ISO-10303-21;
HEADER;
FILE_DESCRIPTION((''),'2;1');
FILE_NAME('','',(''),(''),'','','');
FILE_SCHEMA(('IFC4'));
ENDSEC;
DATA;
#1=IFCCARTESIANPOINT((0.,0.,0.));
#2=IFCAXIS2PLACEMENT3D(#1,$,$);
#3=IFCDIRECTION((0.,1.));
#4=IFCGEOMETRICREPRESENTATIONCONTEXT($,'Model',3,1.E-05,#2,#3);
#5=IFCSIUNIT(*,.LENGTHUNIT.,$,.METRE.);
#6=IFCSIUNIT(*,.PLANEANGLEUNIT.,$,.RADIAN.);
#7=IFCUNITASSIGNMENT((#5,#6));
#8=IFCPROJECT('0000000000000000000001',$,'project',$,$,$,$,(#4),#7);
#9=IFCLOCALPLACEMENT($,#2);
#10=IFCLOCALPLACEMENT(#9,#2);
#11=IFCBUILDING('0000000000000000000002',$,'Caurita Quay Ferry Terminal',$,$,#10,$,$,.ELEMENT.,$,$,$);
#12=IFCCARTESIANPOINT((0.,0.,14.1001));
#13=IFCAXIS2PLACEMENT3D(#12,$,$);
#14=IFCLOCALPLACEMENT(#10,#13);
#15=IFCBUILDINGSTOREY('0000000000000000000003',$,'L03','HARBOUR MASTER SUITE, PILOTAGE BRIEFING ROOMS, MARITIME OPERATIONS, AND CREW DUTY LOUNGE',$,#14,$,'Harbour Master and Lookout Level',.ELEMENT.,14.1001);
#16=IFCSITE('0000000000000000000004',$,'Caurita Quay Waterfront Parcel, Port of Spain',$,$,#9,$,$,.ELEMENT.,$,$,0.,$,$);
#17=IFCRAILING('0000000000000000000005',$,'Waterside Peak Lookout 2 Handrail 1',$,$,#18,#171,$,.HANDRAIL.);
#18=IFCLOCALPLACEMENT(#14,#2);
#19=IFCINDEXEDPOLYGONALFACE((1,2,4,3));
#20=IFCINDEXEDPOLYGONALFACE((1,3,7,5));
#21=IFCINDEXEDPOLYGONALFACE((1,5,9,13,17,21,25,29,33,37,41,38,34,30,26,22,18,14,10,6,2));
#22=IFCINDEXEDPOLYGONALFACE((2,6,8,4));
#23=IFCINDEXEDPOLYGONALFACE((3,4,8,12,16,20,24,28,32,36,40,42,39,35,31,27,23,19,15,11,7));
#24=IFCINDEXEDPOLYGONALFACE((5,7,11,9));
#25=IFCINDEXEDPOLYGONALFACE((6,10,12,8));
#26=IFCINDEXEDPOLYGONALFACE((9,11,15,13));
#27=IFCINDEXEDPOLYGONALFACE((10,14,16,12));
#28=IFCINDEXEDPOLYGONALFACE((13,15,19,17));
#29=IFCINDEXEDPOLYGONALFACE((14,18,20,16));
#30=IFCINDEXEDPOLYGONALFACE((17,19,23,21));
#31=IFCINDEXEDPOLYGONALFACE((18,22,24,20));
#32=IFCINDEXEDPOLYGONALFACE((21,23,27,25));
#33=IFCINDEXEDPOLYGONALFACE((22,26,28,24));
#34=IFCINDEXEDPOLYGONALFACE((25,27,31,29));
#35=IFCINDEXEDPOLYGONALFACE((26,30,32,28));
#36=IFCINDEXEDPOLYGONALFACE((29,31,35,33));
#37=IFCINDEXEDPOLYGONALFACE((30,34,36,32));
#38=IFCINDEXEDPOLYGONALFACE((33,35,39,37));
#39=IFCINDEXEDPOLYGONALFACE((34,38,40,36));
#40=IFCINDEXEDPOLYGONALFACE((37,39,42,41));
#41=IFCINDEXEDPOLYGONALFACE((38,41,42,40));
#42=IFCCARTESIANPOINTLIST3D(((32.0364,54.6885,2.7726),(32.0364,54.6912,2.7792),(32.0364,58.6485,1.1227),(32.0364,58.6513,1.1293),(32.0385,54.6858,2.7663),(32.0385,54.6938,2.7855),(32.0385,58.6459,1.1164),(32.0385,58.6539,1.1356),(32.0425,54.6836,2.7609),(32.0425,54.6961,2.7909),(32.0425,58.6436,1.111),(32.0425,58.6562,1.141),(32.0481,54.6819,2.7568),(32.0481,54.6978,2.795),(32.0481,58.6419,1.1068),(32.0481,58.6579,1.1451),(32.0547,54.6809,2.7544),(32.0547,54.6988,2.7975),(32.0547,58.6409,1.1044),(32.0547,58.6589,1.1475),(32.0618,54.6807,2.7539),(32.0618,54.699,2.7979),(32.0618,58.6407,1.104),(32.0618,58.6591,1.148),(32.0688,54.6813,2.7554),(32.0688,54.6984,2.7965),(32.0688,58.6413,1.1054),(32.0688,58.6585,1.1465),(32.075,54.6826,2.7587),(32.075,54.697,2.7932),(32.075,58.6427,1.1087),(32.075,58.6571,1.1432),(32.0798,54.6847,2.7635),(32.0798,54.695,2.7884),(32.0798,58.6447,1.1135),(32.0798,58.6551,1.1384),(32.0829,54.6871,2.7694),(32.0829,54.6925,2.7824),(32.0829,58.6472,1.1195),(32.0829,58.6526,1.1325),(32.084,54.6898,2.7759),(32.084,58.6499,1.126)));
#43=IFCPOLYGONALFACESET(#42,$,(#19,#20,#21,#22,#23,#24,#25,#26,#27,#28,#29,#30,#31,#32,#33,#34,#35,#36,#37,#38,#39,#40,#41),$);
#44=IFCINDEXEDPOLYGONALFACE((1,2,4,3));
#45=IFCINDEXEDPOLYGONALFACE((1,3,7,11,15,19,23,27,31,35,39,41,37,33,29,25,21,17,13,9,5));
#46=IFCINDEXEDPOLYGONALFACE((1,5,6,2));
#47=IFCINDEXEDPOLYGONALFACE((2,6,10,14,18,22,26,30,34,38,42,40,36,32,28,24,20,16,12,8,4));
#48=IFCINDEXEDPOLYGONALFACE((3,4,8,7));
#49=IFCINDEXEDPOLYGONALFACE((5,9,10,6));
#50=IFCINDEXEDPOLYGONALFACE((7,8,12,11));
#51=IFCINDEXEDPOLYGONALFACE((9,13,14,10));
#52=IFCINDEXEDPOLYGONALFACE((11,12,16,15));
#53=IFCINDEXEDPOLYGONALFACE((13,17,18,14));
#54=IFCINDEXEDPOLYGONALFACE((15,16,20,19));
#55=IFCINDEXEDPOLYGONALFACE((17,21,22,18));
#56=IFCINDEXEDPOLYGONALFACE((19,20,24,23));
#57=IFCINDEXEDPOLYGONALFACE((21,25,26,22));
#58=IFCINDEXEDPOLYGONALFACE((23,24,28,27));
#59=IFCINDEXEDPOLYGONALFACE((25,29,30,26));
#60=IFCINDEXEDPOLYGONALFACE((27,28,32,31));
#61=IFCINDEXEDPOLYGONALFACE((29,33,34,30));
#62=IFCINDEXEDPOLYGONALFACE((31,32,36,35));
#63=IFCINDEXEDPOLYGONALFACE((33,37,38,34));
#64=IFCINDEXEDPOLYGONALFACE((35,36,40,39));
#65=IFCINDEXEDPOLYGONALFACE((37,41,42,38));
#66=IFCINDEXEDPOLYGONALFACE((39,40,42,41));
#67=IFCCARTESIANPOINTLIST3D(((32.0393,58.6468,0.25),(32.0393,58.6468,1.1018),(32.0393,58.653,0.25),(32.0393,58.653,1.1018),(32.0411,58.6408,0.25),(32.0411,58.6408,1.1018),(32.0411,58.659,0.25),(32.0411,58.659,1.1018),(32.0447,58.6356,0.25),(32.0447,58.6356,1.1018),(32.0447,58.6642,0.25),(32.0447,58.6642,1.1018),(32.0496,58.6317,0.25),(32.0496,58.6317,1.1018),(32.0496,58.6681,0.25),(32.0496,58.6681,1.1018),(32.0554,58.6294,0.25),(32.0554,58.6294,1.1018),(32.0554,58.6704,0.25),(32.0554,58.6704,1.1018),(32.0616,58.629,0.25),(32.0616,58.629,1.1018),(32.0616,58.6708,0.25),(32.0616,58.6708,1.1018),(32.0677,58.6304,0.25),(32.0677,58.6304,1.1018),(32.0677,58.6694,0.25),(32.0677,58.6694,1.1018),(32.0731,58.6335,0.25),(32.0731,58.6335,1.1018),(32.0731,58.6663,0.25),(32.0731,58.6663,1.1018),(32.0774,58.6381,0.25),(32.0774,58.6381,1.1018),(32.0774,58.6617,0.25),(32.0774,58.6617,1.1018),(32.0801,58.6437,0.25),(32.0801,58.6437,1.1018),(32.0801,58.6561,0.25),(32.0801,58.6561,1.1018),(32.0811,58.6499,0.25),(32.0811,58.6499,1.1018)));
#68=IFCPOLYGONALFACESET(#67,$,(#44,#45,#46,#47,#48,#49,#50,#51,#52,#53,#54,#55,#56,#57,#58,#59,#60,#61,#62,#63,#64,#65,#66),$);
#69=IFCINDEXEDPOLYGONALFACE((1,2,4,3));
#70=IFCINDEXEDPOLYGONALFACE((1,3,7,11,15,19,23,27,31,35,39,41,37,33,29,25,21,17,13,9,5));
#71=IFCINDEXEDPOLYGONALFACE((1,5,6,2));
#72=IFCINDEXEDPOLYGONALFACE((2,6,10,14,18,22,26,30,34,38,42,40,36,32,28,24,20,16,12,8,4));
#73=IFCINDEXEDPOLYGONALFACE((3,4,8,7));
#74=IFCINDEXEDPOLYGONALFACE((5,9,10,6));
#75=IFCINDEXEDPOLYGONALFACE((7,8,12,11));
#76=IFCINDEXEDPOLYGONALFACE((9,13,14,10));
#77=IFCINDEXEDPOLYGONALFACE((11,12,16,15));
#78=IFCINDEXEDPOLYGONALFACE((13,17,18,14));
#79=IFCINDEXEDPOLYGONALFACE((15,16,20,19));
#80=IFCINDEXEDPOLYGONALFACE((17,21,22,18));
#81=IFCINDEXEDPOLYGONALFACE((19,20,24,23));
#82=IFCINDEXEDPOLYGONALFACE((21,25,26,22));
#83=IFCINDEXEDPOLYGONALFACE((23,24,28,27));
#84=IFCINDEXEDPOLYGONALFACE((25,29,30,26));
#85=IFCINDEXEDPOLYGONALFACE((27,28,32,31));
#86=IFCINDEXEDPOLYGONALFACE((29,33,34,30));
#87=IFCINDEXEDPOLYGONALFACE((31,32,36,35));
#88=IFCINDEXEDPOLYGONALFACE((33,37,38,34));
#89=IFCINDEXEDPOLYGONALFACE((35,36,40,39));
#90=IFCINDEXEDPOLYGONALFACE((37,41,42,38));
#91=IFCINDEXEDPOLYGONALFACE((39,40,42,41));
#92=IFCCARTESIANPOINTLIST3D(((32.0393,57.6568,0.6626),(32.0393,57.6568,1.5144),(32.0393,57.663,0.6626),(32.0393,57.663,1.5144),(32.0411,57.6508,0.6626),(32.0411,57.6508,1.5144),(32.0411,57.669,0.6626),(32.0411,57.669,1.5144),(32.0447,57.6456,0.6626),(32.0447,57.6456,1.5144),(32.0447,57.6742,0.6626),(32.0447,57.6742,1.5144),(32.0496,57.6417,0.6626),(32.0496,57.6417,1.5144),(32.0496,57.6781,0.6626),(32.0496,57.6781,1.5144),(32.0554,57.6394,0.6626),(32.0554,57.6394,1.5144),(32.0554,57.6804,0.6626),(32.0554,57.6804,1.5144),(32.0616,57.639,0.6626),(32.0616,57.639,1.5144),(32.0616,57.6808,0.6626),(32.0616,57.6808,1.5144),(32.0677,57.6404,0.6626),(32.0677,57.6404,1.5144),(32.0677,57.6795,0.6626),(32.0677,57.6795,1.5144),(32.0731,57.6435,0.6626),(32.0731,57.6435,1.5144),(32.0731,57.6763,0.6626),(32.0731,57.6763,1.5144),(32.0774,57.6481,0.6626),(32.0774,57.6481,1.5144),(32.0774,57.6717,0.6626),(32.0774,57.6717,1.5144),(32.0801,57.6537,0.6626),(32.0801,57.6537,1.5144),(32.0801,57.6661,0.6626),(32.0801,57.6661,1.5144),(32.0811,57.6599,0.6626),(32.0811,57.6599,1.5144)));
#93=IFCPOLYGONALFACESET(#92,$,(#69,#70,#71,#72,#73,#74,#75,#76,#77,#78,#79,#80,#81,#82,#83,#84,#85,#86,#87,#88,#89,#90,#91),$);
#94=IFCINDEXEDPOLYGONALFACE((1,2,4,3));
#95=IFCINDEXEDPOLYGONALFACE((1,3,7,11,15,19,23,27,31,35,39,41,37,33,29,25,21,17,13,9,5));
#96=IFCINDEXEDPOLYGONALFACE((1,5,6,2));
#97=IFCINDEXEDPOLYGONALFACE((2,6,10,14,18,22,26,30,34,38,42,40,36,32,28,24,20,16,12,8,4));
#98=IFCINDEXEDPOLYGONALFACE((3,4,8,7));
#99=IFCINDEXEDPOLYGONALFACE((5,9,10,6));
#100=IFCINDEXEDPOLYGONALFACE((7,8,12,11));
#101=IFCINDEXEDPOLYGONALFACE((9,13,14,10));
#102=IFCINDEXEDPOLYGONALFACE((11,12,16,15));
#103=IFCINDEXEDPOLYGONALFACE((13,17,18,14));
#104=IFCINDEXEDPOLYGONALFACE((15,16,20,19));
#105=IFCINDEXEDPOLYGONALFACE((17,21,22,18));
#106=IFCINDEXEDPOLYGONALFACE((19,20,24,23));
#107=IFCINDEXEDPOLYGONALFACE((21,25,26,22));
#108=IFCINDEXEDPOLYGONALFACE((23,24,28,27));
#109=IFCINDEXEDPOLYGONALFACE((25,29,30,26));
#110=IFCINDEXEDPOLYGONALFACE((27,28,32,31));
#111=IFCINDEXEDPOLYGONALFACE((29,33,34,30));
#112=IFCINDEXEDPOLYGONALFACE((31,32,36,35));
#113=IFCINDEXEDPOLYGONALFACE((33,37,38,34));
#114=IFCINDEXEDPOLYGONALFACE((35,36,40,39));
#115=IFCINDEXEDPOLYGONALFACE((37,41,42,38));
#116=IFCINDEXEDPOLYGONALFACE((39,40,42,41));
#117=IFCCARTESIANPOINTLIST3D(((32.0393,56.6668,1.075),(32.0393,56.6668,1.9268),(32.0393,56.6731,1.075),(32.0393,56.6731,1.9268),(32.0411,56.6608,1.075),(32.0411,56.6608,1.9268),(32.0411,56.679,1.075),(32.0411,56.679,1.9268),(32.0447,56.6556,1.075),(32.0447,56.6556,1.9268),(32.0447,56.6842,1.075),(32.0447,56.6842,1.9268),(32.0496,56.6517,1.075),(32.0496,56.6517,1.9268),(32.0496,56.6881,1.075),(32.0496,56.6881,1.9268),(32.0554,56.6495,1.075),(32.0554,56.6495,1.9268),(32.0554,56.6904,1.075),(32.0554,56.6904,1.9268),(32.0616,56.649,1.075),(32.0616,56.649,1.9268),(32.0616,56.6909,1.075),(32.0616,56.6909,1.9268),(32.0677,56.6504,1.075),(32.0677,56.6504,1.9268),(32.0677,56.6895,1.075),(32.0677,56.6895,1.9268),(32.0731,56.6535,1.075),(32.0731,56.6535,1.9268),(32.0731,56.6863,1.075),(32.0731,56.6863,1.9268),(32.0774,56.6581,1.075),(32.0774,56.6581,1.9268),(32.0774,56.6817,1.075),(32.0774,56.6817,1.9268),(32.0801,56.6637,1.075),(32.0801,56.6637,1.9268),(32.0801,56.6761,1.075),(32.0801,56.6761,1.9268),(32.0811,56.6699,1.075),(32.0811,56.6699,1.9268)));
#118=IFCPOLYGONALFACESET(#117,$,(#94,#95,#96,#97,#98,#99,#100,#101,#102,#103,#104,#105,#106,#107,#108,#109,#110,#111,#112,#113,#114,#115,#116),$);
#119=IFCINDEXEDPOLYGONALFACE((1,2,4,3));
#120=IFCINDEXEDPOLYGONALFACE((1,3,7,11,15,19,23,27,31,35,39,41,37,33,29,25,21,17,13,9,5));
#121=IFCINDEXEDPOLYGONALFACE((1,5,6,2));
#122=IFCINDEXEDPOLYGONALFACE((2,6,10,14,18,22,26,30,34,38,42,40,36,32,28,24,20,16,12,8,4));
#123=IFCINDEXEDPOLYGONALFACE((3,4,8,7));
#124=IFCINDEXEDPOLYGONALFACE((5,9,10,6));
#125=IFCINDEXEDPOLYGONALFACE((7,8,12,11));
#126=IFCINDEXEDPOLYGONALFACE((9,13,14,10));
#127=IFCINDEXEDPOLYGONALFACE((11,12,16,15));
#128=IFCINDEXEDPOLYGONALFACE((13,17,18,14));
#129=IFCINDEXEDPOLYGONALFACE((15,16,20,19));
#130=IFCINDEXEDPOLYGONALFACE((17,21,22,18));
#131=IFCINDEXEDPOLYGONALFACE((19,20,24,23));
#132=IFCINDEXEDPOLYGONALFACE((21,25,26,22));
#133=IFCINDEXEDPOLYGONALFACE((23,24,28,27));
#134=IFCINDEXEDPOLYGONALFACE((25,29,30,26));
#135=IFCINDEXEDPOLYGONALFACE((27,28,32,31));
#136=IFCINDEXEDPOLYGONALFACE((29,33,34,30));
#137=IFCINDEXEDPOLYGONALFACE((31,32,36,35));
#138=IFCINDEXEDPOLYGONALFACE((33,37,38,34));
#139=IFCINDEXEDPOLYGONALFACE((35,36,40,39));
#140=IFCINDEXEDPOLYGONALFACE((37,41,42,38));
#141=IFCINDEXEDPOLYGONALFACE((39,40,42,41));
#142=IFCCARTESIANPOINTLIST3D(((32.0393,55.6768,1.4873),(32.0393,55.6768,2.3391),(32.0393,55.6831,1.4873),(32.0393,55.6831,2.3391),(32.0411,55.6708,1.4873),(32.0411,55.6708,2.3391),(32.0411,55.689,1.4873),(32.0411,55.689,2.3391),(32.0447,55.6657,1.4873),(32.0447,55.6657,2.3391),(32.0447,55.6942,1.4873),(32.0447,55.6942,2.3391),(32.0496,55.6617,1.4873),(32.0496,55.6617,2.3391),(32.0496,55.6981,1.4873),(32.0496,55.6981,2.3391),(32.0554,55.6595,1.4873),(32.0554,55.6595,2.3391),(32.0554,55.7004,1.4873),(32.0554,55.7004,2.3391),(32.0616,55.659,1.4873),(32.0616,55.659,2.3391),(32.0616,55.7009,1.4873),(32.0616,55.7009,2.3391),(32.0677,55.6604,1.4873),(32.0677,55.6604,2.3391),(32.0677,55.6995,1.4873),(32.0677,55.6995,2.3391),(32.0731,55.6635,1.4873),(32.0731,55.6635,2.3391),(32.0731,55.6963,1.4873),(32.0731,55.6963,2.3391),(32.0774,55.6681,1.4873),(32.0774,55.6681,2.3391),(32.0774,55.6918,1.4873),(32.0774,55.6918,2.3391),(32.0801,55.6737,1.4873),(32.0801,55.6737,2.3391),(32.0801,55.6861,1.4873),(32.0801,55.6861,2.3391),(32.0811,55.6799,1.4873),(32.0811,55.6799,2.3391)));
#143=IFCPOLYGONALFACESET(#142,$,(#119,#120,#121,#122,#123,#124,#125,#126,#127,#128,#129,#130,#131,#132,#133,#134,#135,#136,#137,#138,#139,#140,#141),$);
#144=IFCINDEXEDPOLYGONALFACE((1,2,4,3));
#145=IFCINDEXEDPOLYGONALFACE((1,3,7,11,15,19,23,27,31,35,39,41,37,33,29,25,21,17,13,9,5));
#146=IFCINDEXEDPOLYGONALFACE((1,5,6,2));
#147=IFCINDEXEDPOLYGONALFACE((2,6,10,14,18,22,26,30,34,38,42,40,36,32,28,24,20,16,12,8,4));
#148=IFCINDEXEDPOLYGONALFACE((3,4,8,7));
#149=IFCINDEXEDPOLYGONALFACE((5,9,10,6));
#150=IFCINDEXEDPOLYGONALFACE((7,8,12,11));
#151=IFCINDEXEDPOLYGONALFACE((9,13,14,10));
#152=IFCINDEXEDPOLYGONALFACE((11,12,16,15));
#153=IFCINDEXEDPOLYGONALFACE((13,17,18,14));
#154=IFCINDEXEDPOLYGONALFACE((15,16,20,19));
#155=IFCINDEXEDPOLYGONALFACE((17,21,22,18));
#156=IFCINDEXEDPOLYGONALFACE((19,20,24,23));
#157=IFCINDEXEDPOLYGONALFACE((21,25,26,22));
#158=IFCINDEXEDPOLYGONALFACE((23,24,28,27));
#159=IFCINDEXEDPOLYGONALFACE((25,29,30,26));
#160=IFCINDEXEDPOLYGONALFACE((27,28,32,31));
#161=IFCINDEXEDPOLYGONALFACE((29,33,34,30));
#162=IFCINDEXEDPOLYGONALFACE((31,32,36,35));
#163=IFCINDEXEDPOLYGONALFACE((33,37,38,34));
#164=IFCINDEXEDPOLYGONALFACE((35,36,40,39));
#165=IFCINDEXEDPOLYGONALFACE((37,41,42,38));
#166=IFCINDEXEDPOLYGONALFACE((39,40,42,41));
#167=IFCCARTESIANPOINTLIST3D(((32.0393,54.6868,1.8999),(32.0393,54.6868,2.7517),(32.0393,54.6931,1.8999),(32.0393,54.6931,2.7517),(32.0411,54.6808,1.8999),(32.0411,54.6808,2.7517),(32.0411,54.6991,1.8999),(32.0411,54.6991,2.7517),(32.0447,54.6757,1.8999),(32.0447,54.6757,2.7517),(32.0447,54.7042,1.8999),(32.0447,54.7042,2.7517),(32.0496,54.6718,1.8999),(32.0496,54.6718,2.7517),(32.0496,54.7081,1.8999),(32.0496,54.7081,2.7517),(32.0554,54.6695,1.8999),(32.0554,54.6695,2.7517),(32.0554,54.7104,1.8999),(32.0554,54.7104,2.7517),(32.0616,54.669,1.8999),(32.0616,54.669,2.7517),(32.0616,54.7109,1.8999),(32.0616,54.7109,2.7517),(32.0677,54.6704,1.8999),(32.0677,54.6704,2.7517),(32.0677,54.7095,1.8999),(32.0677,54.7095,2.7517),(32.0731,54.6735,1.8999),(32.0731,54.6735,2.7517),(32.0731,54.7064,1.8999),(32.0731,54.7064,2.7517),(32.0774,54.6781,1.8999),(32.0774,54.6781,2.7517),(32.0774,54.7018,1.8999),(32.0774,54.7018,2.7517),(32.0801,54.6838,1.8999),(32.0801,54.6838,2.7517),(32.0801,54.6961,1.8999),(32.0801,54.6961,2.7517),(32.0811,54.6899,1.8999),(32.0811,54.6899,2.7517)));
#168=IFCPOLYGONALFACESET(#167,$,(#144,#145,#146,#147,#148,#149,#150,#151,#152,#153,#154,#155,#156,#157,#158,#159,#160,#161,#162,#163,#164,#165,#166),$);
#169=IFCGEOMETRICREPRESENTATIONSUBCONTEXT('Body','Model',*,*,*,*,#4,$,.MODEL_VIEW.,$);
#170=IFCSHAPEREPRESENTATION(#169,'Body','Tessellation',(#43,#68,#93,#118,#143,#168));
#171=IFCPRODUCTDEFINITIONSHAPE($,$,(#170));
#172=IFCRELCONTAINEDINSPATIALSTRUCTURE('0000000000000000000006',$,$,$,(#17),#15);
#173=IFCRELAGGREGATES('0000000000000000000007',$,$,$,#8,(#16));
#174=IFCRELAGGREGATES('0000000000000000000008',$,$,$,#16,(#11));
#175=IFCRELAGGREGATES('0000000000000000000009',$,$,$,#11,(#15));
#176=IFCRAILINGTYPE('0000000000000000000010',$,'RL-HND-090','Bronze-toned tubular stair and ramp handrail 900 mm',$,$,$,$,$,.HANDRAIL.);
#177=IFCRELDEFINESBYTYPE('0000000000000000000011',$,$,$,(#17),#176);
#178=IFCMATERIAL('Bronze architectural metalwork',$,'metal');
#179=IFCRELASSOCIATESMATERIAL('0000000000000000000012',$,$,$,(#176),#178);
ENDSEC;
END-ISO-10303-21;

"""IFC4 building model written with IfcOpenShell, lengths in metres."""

from ifc_helpers import new_model, si_unit, direction, frame, origin, origin_2d, place, context, subcontext, project, spatial, circle, extrude, material, type_object, element, save


model = new_model("IFC4")

# Units and contexts
model_context = context("Model", 3, precision=1e-05, world=origin(), true_north=direction((0.0, 1.0)))
body_context = subcontext(model_context, "Body", "Model", "MODEL_VIEW")
ifc_project = project(units=[si_unit("LENGTHUNIT", "METRE"), si_unit("PLANEANGLEUNIT", "RADIAN")], contexts=[model_context])

# Site, building, storey
site_placement = place(None, origin())
site = spatial("IfcSite", under=ifc_project, at=site_placement, Name="Caurita Quay Waterfront Parcel, Port of Spain", CompositionType="ELEMENT", RefElevation=0.0)
building_placement = place(site_placement, origin())
building = spatial("IfcBuilding", under=site, at=building_placement, Name="Caurita Quay Ferry Terminal", CompositionType="ELEMENT")
storey_placement = place(building_placement, frame((0.0, 0.0, 14.1001)))
storey = spatial("IfcBuildingStorey", under=building, at=storey_placement, Name="L03", Description="HARBOUR MASTER SUITE, PILOTAGE BRIEFING ROOMS, MARITIME OPERATIONS, AND CREW DUTY LOUNGE", LongName="Harbour Master and Lookout Level", CompositionType="ELEMENT", Elevation=14.1001)

# Railing
ifc_material_1 = material(Name="Bronze architectural metalwork", Category="metal")
railing_type_1 = type_object("IfcRailingType", Name="RL-HND-090", Description="Bronze-toned tubular stair and ramp handrail 900 mm", PredefinedType="HANDRAIL", material=ifc_material_1)
railing_1_placement = place(storey_placement, frame((32.0601, 58.6499, 0.25)))
element("IfcRailing", 1, at=railing_1_placement, inside=storey, type_object=railing_type_1, Name="Waterside Peak Lookout 2 Handrail 1", PredefinedType="HANDRAIL", context=body_context, shape_type="SweptSolid", body=[
    extrude(circle(Radius=0.0239, at=origin_2d()), frame((0.0, 0.0, 0.876), z_axis=(0.0, -0.923084, 0.384599), x_axis=(1.0, 0.0, 0.0)), (0.0, 0.0, 1.0), 4.29),
    extrude(circle(Radius=0.021, at=origin_2d()), origin(), (0.0, 0.0, 1.0), 0.8518),
    extrude(circle(Radius=0.021, at=origin_2d()), frame((0.0, -0.99, 0.4126)), (0.0, 0.0, 1.0), 0.8518),
    extrude(circle(Radius=0.021, at=origin_2d()), frame((0.0, -1.98, 0.825)), (0.0, 0.0, 1.0), 0.8518),
    extrude(circle(Radius=0.021, at=origin_2d()), frame((0.0, -2.97, 1.2373)), (0.0, 0.0, 1.0), 0.8518),
    extrude(circle(Radius=0.021, at=origin_2d()), frame((0.0, -3.96, 1.6499)), (0.0, 0.0, 1.0), 0.8518),
])

save(model, "model.ifc")
